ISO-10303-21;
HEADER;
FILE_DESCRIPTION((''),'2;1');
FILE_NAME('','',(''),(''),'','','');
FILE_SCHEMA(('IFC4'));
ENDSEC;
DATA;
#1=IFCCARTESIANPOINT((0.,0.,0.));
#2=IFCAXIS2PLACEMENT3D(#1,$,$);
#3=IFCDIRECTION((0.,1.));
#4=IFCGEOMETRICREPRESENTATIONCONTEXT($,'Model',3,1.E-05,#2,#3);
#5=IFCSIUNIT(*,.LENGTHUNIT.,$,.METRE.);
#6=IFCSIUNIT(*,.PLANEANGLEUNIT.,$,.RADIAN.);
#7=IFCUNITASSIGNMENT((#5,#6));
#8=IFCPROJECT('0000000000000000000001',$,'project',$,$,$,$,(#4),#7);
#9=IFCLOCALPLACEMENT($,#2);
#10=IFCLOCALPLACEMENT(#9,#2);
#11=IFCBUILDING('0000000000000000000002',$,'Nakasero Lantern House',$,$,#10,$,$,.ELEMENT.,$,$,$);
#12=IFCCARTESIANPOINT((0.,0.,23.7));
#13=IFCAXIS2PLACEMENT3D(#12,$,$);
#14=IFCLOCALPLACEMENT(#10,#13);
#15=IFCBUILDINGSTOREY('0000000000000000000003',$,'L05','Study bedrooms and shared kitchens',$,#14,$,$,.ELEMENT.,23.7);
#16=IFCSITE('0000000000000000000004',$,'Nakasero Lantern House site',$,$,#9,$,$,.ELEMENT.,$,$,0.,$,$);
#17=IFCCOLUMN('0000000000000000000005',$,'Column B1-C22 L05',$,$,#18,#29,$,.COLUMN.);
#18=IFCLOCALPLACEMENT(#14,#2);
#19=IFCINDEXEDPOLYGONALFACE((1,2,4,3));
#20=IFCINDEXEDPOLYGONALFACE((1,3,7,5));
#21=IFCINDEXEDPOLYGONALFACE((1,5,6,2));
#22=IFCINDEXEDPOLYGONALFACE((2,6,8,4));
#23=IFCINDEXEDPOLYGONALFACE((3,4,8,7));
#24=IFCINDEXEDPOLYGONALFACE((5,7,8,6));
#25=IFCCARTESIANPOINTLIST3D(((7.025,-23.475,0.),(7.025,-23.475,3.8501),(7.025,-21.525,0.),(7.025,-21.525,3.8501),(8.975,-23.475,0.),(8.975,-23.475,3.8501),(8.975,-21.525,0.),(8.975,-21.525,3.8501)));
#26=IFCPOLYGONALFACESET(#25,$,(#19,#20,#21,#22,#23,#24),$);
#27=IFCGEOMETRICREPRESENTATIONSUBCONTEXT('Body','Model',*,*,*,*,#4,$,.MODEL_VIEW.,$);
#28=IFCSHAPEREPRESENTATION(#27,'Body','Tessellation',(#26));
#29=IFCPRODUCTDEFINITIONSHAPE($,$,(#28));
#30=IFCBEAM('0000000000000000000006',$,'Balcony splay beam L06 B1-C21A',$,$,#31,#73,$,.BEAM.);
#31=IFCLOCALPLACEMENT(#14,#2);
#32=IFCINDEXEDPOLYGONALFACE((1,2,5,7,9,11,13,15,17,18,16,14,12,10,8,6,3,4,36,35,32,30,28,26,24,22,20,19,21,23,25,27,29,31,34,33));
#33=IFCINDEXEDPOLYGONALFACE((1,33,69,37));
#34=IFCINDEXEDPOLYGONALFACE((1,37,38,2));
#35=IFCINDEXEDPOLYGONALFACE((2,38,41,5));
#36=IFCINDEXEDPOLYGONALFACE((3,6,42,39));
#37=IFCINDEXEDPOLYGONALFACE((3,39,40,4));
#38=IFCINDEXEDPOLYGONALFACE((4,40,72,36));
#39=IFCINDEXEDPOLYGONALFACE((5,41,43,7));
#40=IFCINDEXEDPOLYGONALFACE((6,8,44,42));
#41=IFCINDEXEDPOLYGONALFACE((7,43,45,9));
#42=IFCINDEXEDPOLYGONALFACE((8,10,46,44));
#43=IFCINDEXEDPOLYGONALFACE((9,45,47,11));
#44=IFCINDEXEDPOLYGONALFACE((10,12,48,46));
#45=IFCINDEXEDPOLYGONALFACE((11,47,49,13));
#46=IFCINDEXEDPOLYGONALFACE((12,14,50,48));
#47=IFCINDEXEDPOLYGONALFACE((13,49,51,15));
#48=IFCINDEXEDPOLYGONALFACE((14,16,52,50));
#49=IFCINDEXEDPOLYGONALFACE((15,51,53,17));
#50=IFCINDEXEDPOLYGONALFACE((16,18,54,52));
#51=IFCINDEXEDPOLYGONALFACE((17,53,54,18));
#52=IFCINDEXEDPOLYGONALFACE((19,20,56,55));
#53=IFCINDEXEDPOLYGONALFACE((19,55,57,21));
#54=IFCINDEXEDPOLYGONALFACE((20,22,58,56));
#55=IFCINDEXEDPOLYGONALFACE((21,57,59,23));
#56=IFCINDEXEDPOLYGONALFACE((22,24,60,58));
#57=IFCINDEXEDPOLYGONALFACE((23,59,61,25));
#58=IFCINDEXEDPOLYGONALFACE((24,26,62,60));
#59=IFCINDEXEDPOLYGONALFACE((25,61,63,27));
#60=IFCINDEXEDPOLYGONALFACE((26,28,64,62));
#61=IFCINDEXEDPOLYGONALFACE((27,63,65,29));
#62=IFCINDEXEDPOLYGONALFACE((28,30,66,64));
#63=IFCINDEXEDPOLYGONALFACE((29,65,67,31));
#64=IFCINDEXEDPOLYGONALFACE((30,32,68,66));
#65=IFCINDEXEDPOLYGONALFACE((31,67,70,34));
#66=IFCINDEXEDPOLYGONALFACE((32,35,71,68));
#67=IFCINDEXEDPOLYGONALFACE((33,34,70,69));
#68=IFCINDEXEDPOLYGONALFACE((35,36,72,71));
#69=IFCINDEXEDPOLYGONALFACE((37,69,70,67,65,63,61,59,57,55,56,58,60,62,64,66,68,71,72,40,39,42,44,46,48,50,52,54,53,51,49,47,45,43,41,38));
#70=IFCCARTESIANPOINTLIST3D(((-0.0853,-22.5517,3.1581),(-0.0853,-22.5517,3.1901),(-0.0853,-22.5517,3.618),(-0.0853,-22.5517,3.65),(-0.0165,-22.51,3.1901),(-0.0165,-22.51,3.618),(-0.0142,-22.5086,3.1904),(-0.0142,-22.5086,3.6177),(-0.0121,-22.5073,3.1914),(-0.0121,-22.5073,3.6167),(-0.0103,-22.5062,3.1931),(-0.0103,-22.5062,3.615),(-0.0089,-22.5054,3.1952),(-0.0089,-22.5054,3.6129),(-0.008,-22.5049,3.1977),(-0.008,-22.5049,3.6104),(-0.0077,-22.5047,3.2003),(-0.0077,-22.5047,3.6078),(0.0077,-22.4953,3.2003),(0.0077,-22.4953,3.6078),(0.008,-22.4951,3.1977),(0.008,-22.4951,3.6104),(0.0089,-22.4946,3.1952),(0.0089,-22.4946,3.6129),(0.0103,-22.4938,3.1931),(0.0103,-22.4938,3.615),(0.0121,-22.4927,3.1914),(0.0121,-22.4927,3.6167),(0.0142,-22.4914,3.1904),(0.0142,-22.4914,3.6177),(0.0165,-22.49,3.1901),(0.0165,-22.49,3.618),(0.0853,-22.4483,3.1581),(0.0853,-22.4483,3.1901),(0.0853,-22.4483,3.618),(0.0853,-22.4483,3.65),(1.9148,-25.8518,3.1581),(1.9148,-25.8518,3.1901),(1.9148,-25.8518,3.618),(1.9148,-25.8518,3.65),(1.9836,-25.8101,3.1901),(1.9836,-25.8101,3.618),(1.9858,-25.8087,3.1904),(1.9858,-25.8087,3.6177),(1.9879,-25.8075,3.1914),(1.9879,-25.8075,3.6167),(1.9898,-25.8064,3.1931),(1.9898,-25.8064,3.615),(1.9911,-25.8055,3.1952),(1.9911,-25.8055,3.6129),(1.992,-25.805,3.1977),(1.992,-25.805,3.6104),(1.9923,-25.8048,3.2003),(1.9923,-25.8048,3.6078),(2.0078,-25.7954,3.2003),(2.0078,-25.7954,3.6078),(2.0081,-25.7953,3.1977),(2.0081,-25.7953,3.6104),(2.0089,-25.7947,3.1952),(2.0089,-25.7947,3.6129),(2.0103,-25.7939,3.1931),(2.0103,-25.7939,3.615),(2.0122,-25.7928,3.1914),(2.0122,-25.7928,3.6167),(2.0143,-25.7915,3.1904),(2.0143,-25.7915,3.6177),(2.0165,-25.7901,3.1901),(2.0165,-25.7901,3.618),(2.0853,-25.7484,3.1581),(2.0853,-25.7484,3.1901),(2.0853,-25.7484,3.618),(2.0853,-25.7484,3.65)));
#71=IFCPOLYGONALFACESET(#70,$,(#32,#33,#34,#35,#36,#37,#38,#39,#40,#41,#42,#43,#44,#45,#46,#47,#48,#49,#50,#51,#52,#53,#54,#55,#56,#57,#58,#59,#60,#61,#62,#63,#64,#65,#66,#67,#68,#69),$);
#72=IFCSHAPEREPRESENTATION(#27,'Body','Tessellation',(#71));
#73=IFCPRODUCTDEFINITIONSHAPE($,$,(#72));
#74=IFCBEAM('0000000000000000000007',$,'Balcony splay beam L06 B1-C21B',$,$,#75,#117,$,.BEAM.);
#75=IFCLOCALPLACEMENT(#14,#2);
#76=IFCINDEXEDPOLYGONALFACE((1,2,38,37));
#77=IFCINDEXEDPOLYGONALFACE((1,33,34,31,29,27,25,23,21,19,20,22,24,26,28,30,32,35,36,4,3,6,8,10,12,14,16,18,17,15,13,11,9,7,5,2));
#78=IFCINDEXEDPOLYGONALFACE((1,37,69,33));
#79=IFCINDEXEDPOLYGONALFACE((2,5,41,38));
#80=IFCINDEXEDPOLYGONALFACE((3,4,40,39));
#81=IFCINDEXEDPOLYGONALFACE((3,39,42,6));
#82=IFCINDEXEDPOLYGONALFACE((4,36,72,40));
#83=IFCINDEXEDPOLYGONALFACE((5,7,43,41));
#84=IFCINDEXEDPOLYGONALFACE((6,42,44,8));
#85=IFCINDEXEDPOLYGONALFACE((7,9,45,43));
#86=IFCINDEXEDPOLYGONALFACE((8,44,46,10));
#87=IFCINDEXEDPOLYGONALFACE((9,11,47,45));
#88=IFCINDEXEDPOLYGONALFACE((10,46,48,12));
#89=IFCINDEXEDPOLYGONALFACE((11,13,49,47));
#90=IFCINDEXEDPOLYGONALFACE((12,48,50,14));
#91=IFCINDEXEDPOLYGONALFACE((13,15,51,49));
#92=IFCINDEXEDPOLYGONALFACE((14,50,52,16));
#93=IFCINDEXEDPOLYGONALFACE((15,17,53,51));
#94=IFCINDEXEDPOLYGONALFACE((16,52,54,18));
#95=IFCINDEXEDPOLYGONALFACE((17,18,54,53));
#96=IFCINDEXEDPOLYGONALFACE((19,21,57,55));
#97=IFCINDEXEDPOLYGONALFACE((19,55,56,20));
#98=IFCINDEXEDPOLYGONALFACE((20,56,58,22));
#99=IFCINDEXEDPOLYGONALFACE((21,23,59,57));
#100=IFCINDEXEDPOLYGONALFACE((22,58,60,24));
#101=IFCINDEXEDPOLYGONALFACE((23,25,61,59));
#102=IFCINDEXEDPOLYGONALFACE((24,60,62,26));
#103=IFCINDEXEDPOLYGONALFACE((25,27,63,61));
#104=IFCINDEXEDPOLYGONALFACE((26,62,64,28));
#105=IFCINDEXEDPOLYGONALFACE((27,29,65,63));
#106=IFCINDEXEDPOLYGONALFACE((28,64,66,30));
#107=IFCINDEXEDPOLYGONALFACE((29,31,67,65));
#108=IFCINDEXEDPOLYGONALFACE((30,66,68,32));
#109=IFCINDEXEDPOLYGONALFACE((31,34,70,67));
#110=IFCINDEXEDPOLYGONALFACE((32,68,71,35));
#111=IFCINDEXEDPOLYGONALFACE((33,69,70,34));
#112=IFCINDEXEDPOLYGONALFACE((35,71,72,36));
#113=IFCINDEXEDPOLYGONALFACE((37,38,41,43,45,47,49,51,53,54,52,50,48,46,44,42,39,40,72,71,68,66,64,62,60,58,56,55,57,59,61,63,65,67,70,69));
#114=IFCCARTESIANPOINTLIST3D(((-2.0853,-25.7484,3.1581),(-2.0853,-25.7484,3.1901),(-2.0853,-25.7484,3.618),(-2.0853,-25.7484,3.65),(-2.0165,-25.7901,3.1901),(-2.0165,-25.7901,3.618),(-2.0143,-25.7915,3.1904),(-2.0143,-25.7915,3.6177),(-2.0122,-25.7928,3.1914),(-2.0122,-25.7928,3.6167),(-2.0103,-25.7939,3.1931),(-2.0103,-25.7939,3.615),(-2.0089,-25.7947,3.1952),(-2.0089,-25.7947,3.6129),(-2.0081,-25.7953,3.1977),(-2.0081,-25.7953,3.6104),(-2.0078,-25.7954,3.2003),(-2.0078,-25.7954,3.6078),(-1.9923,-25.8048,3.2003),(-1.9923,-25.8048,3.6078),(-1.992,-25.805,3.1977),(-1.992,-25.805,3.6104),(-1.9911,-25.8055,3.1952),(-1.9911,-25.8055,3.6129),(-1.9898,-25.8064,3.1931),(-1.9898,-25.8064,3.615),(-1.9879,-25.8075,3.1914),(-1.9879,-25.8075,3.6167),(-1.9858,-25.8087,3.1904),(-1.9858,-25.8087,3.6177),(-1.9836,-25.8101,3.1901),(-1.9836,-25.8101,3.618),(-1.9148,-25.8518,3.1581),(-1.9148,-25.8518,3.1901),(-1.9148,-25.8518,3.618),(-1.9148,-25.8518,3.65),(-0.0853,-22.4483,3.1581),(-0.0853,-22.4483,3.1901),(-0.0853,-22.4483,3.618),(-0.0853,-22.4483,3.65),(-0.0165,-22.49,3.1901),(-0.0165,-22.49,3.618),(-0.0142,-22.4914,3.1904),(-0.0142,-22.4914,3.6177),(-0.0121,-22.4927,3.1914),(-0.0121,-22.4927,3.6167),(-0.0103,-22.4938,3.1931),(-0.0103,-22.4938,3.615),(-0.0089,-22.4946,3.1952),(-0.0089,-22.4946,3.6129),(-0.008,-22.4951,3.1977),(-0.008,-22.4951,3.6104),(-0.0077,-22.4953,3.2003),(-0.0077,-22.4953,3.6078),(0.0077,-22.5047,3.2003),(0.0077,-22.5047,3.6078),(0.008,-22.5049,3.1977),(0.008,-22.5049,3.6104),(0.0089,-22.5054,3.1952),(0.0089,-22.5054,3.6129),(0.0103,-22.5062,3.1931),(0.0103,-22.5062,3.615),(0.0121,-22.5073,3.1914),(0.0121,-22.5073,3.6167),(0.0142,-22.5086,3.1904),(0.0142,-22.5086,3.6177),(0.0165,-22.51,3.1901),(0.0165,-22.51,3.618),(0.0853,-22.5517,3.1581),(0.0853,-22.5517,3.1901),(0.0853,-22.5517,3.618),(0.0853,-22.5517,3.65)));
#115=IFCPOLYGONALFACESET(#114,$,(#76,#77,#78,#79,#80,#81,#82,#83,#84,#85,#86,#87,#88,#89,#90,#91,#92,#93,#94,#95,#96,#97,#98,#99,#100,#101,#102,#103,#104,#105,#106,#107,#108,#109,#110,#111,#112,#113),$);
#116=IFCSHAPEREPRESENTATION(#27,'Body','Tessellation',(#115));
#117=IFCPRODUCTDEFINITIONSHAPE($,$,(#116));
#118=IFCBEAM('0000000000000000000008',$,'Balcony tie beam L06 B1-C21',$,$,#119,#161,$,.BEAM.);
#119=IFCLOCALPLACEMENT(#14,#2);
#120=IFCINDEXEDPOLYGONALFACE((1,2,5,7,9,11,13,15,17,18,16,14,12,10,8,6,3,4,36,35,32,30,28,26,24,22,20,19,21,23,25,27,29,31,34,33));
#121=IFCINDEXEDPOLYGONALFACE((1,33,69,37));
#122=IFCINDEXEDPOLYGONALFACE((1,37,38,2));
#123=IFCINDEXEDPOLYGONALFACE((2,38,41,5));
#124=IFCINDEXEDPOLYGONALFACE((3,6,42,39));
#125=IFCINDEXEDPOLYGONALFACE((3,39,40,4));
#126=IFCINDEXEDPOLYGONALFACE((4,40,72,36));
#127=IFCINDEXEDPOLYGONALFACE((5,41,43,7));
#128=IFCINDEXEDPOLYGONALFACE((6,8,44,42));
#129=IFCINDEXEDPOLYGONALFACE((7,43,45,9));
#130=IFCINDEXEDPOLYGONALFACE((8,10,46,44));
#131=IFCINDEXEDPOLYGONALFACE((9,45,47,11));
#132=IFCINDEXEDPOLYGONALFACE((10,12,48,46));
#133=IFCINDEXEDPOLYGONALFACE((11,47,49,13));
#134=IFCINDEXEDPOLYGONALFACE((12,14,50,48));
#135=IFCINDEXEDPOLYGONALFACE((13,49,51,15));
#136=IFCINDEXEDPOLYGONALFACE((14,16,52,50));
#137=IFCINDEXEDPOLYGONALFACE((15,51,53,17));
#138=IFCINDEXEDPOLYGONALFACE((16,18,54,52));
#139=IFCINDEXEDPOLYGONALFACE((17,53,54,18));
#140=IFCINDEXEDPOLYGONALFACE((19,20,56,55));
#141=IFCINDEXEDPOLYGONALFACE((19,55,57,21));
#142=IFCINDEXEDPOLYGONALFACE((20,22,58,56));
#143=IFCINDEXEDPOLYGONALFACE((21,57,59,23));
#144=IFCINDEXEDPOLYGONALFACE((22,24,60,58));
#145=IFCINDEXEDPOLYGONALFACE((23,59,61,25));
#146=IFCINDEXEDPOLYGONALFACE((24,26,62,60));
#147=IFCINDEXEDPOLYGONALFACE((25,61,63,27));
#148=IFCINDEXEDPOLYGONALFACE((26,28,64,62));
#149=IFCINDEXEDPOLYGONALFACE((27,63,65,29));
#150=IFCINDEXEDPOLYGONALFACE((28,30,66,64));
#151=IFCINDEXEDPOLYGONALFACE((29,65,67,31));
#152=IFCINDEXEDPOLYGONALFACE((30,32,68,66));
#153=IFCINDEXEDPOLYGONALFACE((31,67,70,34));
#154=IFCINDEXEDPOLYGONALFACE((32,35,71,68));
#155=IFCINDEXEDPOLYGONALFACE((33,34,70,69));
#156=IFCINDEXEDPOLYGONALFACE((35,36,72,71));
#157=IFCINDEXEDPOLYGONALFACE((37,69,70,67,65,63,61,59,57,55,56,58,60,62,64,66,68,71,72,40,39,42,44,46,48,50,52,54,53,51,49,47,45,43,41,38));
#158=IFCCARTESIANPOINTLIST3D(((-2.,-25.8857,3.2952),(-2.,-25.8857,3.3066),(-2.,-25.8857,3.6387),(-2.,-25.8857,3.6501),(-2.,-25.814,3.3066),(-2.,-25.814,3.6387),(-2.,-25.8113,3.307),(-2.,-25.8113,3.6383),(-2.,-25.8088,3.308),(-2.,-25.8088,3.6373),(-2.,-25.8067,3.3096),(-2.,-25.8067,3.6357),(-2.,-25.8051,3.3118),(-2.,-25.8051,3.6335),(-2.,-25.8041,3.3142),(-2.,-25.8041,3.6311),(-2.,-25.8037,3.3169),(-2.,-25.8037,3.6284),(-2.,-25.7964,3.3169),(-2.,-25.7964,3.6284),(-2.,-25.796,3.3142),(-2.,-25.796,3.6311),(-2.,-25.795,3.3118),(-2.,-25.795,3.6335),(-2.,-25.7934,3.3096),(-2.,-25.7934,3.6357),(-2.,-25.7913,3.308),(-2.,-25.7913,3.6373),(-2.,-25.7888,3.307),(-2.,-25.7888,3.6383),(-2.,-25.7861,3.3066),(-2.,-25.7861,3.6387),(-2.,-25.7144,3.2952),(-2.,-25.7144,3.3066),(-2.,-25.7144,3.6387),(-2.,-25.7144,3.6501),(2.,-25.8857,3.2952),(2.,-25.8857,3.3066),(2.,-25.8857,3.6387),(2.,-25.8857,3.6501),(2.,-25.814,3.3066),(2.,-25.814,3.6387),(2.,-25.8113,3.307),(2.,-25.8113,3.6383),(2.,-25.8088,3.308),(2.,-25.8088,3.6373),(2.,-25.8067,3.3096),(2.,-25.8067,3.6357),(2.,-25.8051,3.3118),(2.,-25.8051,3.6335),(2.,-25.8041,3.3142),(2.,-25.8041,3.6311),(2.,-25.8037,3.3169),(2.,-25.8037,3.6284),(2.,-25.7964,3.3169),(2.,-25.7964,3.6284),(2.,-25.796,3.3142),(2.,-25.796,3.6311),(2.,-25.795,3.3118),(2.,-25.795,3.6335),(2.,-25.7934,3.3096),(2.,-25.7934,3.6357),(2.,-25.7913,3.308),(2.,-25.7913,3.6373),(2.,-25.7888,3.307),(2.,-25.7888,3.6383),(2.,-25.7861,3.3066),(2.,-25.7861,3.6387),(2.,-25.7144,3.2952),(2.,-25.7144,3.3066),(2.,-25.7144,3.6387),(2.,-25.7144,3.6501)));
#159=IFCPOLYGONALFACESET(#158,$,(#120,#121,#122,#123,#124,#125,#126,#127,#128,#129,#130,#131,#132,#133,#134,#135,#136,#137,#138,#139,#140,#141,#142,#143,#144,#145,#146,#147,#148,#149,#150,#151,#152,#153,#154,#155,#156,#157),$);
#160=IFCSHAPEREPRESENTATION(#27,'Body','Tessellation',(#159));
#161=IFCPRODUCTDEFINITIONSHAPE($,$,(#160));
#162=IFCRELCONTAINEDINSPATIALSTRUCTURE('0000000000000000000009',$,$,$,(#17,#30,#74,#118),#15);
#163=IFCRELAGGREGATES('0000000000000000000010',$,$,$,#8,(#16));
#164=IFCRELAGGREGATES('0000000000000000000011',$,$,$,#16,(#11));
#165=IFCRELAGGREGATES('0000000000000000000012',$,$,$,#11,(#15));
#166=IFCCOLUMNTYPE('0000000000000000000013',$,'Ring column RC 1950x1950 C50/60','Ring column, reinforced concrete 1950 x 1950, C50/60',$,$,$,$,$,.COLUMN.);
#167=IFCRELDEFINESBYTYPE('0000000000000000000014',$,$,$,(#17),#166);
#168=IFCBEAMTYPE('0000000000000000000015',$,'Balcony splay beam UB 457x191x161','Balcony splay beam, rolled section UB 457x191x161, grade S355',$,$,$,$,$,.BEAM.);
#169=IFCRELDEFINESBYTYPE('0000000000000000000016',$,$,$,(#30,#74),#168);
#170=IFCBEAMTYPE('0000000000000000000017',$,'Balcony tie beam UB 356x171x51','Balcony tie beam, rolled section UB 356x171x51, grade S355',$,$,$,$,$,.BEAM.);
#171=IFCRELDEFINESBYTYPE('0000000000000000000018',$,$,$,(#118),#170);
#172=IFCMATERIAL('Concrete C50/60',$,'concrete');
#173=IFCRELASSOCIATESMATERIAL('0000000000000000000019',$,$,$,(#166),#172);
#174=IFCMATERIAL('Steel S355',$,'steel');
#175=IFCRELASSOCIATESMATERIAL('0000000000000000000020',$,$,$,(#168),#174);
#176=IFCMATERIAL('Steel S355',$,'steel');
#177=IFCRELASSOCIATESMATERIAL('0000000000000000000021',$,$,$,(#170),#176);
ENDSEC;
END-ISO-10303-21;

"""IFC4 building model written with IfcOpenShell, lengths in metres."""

from ifc_helpers import new_model, si_unit, direction, frame, origin, origin_2d, place, context, subcontext, project, spatial, rectangle, i_section, extrude, material, material_profile, profile_set, type_object, element, save


model = new_model("IFC4")

# Units and contexts
model_context = context("Model", 3, precision=1e-05, world=origin(), true_north=direction((0.0, 1.0)))
body_context = subcontext(model_context, "Body", "Model", "MODEL_VIEW")
ifc_project = project(units=[si_unit("LENGTHUNIT", "METRE"), si_unit("PLANEANGLEUNIT", "RADIAN")], contexts=[model_context])

# Site, building, storey
site_placement = place(None, origin())
site = spatial("IfcSite", under=ifc_project, at=site_placement, Name="Nakasero Lantern House site", CompositionType="ELEMENT", RefElevation=0.0)
building_placement = place(site_placement, origin())
building = spatial("IfcBuilding", under=site, at=building_placement, Name="Nakasero Lantern House", CompositionType="ELEMENT")
storey_placement = place(building_placement, frame((0.0, 0.0, 23.7)))
storey = spatial("IfcBuildingStorey", under=building, at=storey_placement, Name="L05", Description="Study bedrooms and shared kitchens", CompositionType="ELEMENT", Elevation=23.7)

# Column
ifc_material_1 = material(Name="Concrete C50/60", Category="concrete")
ifc_material_profile_1 = material_profile(ifc_material_1, rectangle(XDim=1.95, YDim=1.95, at=origin_2d()), Name="RC 1950x1950")
ifc_profile_set_1 = profile_set([ifc_material_profile_1], Name="Concrete C50/60")
column_type = type_object("IfcColumnType", Name="Ring column RC 1950x1950 C50/60", Description="Ring column, reinforced concrete 1950 x 1950, C50/60", PredefinedType="COLUMN", material=ifc_profile_set_1)
column_placement = place(storey_placement, frame((8.0, -22.5, 0.0), z_axis=(0.0, 0.0, 1.0), x_axis=(1.0, 0.0, 0.0)))
element("IfcColumn", 1, at=column_placement, inside=storey, type_object=column_type, Name="Column B1-C22 L05", PredefinedType="COLUMN", context=body_context, shape_type="SweptSolid", body=[
    extrude(rectangle(XDim=1.95, YDim=1.95, at=origin_2d()), origin(), (0.0, 0.0, 1.0), 3.8501),
])

# Beams
ifc_material_2 = material(Name="Steel S355", Category="steel")
ifc_material_profile_2 = material_profile(ifc_material_2, i_section(OverallWidth=0.1995, OverallDepth=0.4919, WebThickness=0.0181, FlangeThickness=0.032, FilletRadius=0.0103, at=origin_2d()), Name="UB 457x191x161")
ifc_profile_set_2 = profile_set([ifc_material_profile_2], Name="Steel S355")
beam_type_1 = type_object("IfcBeamType", Name="Balcony splay beam UB 457x191x161", Description="Balcony splay beam, rolled section UB 457x191x161, grade S355", PredefinedType="BEAM", material=ifc_profile_set_2)
for number, where, z_axis, x_axis, name in (
    (2, (0.0, -22.5, 3.4041), (0.518296, -0.855201, 0.0), (0.855201, 0.518296, 0.0), "Balcony splay beam L06 B1-C21A"),
    (3, (0.0, -22.5, 3.4041), (-0.518296, -0.855201, 0.0), (0.855201, -0.518296, 0.0), "Balcony splay beam L06 B1-C21B"),
):
    element("IfcBeam", number, at=place(storey_placement, frame(where, z_axis=z_axis, x_axis=x_axis)), inside=storey, type_object=beam_type_1, Name=name, PredefinedType="BEAM", context=body_context, shape_type="SweptSolid", body=[
        extrude(i_section(OverallWidth=0.1995, OverallDepth=0.4919, WebThickness=0.0181, FlangeThickness=0.032, FilletRadius=0.0103, at=origin_2d()), origin(), (0.0, 0.0, 1.0), 3.8589),
    ])
ifc_material_3 = material(Name="Steel S355", Category="steel")
ifc_material_profile_3 = material_profile(ifc_material_3, i_section(OverallWidth=0.1714, OverallDepth=0.355, WebThickness=0.0073, FlangeThickness=0.0115, FilletRadius=0.0103, at=origin_2d()), Name="UB 356x171x51")
ifc_profile_set_3 = profile_set([ifc_material_profile_3], Name="Steel S355")
beam_type_2 = type_object("IfcBeamType", Name="Balcony tie beam UB 356x171x51", Description="Balcony tie beam, rolled section UB 356x171x51, grade S355", PredefinedType="BEAM", material=ifc_profile_set_3)
beam_1_placement = place(storey_placement, frame((2.0, -25.8, 3.4727), z_axis=(-1.0, 0.0, 0.0), x_axis=(0.0, -1.0, 0.0)))
element("IfcBeam", 4, at=beam_1_placement, inside=storey, type_object=beam_type_2, Name="Balcony tie beam L06 B1-C21", PredefinedType="BEAM", context=body_context, shape_type="SweptSolid", body=[
    extrude(i_section(OverallWidth=0.1714, OverallDepth=0.355, WebThickness=0.0073, FlangeThickness=0.0115, FilletRadius=0.0103, at=origin_2d()), origin(), (0.0, 0.0, 1.0), 4.0),
])

save(model, "model.ifc")
